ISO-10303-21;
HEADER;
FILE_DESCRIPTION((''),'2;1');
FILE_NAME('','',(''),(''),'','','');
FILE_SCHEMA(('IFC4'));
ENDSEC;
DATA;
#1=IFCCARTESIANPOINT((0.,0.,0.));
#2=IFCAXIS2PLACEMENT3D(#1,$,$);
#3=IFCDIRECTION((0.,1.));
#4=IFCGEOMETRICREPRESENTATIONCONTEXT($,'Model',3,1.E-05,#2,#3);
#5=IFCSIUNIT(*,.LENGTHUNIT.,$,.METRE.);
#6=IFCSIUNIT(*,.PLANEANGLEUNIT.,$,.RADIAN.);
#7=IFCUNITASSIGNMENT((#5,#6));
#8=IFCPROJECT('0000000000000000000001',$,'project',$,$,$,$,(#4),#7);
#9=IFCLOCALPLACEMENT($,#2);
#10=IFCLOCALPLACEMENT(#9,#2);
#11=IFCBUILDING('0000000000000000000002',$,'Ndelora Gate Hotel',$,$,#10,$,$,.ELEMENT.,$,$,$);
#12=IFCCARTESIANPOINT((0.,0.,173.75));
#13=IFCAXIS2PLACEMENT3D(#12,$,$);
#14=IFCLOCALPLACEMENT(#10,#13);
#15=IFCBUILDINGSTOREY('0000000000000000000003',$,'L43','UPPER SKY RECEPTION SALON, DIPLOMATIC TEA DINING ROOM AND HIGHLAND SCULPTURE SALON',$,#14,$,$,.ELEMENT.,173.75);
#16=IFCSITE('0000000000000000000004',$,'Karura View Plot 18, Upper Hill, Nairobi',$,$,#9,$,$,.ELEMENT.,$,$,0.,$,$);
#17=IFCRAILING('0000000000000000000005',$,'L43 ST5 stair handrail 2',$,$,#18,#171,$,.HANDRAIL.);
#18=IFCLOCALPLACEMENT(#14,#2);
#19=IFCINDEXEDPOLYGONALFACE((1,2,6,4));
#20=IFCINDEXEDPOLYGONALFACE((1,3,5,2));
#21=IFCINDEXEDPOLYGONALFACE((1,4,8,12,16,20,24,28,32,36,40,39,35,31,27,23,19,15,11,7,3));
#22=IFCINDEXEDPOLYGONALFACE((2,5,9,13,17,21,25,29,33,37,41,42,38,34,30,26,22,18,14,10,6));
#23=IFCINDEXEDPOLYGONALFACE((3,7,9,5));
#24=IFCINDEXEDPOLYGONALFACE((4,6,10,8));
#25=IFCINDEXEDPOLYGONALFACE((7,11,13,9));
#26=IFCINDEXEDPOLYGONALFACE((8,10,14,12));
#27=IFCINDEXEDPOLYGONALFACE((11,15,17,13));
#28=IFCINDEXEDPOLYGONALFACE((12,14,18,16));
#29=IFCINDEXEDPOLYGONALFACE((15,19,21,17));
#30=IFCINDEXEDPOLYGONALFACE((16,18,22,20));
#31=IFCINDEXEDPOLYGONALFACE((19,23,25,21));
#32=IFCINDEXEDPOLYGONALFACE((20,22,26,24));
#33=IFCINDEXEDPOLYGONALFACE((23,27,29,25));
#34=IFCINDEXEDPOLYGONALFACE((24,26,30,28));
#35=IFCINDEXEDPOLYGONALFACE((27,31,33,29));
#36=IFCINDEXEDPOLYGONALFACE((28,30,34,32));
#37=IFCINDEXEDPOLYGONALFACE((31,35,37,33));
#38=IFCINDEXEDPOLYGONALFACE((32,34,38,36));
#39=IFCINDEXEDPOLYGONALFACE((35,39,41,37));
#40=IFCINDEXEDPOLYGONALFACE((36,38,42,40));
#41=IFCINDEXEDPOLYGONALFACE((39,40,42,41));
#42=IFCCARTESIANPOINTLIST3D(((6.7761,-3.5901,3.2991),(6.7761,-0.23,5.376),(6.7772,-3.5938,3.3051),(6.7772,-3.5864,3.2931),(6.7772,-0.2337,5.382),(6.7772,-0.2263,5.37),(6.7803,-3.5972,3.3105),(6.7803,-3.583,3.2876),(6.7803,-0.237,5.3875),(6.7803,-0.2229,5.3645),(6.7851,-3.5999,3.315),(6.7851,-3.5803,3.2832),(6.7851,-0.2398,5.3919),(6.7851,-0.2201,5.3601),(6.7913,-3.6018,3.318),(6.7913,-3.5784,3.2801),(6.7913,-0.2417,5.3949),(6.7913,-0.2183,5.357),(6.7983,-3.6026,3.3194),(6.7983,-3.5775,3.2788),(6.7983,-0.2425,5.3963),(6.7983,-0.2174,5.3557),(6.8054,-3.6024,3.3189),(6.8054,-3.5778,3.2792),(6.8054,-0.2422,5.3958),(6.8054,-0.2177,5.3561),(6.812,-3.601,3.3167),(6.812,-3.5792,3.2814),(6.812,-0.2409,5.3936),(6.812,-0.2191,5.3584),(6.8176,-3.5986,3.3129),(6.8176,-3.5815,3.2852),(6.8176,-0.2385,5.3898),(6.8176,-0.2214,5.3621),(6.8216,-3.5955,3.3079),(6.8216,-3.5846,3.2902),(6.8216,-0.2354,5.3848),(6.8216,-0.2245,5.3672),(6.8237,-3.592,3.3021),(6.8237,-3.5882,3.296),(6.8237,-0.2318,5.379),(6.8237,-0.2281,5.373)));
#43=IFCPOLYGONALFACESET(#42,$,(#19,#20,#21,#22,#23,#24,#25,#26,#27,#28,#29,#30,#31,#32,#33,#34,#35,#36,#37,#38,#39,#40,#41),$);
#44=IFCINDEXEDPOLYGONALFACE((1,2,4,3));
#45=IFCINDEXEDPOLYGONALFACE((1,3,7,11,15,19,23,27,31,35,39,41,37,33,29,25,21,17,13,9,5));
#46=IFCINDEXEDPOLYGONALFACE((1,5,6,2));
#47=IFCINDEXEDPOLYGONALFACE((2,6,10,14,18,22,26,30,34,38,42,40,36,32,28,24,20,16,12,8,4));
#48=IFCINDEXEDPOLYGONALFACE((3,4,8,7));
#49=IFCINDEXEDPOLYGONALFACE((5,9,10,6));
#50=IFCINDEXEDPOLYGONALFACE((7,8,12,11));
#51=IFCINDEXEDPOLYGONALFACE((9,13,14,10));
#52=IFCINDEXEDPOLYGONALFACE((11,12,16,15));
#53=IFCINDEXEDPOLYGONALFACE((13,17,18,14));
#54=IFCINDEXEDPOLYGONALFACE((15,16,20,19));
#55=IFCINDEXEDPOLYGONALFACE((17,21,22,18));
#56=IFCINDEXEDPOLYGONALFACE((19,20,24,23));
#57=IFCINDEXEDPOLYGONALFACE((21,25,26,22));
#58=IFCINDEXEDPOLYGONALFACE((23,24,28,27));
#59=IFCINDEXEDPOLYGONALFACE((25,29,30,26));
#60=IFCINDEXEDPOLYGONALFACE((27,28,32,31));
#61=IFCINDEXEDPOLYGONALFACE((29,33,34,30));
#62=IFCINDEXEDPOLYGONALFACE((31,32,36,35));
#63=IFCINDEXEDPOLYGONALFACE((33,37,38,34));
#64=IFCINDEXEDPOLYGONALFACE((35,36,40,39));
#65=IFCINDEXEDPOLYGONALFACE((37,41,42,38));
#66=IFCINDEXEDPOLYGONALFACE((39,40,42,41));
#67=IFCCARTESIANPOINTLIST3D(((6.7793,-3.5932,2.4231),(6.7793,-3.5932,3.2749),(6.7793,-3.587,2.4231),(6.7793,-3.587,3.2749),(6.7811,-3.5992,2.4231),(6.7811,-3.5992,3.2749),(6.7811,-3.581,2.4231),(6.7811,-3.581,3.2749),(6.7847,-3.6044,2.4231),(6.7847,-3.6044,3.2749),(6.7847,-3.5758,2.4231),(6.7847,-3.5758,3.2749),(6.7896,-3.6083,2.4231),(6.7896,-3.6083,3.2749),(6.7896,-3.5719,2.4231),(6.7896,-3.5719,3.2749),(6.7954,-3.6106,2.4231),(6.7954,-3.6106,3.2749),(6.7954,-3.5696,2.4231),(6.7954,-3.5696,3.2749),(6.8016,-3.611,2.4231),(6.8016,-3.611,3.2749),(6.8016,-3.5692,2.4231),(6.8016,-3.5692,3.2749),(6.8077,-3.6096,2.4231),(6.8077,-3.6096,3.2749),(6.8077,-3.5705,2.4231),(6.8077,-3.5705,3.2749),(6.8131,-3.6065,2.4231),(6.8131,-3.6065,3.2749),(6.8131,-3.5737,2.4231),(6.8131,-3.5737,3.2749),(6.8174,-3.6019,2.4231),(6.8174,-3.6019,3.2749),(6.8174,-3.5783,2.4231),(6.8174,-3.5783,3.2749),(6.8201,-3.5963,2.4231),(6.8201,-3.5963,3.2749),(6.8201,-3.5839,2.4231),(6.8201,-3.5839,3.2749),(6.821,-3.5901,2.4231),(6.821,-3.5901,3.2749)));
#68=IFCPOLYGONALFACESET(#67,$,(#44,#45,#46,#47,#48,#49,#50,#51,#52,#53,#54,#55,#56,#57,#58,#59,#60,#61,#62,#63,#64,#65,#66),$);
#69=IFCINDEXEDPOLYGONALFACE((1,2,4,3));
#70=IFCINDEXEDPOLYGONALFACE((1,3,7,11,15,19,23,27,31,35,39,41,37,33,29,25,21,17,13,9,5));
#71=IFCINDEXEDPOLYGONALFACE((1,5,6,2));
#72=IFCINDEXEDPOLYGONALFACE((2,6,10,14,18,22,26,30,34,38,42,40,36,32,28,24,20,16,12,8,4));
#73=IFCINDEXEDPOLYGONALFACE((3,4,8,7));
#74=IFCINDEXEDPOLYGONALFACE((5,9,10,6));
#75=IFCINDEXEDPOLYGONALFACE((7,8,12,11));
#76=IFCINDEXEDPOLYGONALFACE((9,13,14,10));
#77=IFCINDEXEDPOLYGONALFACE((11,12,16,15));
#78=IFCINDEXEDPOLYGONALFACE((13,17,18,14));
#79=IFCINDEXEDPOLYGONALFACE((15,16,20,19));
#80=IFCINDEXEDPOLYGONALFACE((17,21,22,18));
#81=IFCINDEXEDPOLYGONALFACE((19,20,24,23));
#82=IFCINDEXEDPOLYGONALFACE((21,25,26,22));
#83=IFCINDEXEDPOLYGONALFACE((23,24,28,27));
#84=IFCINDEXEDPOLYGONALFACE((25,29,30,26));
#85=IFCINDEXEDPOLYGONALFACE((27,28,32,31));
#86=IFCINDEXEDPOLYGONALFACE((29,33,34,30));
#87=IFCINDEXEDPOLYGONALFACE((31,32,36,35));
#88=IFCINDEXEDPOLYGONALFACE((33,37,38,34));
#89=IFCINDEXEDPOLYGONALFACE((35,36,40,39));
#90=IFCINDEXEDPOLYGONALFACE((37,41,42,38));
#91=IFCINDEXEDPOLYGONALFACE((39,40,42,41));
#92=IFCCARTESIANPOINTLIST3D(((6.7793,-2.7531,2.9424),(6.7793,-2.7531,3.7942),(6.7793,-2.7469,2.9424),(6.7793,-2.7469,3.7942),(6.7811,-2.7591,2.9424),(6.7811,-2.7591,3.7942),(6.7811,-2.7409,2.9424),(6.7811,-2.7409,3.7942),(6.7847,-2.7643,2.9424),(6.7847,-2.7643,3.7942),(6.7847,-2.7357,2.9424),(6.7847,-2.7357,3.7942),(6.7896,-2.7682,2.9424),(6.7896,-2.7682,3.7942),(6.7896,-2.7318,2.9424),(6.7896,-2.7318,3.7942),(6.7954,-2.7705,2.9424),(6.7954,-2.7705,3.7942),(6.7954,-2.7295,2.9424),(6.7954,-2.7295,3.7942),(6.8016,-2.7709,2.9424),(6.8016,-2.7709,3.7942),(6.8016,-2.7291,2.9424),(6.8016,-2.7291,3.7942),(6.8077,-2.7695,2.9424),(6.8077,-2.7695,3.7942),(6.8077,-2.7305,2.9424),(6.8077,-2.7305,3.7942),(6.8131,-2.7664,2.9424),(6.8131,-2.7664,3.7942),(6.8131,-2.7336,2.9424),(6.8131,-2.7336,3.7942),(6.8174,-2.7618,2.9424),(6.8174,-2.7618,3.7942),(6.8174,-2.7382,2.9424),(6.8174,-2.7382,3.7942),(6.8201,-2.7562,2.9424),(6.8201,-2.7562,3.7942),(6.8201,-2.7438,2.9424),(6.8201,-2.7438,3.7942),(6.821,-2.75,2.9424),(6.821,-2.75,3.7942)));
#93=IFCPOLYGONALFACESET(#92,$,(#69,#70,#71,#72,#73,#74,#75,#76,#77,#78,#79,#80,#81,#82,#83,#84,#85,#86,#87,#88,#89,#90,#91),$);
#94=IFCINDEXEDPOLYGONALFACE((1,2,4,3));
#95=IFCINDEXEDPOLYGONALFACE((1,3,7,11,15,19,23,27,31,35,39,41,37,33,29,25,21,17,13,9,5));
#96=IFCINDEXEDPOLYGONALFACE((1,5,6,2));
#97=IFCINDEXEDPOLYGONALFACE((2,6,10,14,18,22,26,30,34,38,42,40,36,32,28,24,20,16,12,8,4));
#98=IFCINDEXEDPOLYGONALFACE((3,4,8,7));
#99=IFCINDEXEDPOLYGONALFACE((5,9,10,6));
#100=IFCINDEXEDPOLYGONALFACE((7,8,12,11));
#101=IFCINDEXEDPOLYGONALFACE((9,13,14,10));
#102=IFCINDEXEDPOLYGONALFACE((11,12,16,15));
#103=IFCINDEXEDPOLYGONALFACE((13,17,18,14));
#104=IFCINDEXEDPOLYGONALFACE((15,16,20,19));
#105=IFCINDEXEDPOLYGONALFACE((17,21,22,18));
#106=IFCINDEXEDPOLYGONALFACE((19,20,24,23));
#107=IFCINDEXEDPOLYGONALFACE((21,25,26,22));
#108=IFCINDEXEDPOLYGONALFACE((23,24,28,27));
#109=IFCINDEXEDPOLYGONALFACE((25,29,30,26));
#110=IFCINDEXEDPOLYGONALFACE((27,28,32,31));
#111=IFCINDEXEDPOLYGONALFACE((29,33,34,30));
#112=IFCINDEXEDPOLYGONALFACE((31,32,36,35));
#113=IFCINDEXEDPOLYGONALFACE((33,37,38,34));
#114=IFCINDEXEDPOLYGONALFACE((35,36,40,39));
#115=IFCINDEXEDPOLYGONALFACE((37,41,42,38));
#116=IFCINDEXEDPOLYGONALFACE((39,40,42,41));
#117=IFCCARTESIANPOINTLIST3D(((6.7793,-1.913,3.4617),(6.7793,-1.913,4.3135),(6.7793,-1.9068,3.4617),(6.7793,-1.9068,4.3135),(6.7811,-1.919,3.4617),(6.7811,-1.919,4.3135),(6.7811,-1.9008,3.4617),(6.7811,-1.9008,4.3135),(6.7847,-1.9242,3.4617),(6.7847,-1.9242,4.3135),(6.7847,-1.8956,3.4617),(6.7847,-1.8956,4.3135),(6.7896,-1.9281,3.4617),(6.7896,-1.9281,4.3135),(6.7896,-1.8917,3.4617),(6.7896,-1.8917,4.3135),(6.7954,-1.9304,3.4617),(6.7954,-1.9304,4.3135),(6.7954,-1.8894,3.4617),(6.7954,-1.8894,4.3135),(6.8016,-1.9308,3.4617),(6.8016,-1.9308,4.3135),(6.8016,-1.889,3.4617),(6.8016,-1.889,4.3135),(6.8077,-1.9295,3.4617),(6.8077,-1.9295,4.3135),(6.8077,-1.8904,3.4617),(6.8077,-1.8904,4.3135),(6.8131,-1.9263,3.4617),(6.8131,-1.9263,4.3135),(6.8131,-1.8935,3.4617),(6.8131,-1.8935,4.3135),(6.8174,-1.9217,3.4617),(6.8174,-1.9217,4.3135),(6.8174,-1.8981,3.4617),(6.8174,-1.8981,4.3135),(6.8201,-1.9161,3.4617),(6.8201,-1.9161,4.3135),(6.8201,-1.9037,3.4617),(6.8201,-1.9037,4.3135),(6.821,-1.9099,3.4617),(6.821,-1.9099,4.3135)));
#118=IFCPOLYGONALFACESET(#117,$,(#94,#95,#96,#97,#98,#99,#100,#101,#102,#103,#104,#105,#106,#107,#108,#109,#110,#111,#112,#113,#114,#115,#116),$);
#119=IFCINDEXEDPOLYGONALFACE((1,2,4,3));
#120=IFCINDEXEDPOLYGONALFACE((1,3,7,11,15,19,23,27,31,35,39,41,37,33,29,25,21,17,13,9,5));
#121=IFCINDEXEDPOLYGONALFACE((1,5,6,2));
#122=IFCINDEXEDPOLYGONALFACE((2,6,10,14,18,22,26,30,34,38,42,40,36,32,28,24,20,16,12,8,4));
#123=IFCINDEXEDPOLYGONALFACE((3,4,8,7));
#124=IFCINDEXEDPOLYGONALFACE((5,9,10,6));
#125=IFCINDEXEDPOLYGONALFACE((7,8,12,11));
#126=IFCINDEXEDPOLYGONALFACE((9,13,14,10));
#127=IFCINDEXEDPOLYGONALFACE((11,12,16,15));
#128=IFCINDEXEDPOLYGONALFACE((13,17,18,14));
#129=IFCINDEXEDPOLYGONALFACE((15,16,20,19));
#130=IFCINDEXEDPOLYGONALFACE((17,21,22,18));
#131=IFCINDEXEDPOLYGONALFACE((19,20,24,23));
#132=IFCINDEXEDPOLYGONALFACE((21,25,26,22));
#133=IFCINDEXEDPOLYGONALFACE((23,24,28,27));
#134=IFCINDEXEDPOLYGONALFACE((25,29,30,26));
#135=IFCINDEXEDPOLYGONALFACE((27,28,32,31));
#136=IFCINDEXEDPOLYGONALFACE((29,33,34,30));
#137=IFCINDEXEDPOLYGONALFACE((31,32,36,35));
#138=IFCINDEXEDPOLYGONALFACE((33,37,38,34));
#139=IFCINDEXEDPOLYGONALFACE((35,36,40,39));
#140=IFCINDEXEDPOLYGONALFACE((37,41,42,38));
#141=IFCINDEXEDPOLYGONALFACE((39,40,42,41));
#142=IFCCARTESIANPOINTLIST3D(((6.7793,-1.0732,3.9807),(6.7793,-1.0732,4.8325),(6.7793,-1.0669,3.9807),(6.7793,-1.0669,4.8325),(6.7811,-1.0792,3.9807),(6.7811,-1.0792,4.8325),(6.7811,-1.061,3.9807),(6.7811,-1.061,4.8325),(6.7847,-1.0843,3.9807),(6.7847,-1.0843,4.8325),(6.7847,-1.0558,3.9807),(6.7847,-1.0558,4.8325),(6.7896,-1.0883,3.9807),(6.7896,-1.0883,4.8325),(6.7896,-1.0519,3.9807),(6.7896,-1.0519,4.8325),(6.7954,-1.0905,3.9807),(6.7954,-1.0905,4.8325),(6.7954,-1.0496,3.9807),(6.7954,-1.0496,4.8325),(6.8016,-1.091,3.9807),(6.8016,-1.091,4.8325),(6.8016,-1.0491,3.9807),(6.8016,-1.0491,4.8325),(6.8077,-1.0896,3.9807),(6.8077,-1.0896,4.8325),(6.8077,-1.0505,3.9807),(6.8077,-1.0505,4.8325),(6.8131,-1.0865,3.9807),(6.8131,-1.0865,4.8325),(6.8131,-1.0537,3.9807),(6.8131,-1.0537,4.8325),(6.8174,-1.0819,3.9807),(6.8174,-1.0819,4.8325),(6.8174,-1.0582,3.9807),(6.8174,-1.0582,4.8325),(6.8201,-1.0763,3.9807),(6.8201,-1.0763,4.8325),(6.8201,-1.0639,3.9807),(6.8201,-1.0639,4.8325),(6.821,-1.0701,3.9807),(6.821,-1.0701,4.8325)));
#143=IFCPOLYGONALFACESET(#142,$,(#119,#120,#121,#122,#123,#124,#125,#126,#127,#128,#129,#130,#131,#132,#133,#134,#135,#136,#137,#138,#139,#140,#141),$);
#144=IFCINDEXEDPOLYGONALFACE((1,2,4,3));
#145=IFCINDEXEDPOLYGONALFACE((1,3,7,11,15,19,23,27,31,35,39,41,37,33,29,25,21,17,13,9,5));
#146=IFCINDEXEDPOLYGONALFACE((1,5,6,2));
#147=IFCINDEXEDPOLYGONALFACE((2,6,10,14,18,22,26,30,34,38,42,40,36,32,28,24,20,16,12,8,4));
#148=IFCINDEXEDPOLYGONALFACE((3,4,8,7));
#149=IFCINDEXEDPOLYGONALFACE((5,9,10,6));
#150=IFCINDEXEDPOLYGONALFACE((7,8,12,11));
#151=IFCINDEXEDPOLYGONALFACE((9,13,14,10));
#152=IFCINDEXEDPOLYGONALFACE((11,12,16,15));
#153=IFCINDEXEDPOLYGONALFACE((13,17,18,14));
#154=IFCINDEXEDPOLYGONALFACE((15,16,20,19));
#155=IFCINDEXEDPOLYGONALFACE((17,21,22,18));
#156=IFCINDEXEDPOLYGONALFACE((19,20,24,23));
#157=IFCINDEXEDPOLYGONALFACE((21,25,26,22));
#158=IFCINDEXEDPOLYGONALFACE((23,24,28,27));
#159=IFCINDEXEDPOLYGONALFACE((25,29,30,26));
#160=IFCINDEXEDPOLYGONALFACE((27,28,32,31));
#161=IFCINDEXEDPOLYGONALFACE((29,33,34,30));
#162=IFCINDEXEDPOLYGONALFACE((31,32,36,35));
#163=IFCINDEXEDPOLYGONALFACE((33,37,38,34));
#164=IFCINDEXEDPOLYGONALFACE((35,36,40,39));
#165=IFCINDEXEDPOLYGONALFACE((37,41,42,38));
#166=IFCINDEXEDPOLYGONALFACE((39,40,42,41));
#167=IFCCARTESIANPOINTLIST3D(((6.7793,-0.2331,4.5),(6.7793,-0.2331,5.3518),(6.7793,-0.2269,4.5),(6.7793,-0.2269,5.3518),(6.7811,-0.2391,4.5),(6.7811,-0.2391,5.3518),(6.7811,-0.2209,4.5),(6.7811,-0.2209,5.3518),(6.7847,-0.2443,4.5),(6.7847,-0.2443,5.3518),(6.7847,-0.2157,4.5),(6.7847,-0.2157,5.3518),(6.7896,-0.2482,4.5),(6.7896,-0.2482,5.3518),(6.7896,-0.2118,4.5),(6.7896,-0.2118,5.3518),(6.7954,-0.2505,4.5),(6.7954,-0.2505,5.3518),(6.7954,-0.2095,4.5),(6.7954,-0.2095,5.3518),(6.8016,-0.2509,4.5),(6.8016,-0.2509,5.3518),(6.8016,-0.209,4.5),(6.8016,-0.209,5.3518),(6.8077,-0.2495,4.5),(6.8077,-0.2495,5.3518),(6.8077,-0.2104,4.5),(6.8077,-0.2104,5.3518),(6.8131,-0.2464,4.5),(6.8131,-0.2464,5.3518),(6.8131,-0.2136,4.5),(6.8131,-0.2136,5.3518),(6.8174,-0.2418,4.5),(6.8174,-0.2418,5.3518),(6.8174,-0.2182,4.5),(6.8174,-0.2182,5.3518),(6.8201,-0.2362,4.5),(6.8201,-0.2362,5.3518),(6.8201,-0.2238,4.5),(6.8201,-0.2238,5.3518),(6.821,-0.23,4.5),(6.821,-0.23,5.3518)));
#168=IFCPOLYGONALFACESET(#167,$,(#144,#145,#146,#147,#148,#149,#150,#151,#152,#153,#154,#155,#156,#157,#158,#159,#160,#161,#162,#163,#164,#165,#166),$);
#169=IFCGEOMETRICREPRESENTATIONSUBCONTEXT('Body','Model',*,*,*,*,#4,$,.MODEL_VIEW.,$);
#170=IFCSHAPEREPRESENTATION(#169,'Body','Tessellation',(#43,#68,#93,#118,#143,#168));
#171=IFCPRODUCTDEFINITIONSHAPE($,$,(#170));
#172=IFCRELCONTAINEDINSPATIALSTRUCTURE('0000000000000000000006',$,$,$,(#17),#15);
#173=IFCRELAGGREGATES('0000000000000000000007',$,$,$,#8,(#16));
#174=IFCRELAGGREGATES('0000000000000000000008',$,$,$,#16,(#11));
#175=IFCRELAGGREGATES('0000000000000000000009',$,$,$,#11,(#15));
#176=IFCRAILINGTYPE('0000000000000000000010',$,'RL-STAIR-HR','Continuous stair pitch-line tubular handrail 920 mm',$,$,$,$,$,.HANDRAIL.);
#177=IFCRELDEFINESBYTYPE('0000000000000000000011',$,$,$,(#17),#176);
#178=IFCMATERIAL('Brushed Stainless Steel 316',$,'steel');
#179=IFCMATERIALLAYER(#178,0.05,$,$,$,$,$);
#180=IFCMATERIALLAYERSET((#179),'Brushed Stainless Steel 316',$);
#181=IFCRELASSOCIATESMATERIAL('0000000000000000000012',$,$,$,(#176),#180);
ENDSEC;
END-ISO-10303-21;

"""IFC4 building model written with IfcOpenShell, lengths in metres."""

from ifc_helpers import new_model, si_unit, direction, frame, origin, origin_2d, place, context, subcontext, project, spatial, circle, extrude, material, layer, layer_set, type_object, element, save


model = new_model("IFC4")

# Units and contexts
model_context = context("Model", 3, precision=1e-05, world=origin(), true_north=direction((0.0, 1.0)))
body_context = subcontext(model_context, "Body", "Model", "MODEL_VIEW")
ifc_project = project(units=[si_unit("LENGTHUNIT", "METRE"), si_unit("PLANEANGLEUNIT", "RADIAN")], contexts=[model_context])

# Site, building, storey
site_placement = place(None, origin())
site = spatial("IfcSite", under=ifc_project, at=site_placement, Name="Karura View Plot 18, Upper Hill, Nairobi", CompositionType="ELEMENT", RefElevation=0.0)
building_placement = place(site_placement, origin())
building = spatial("IfcBuilding", under=site, at=building_placement, Name="Ndelora Gate Hotel", CompositionType="ELEMENT")
storey_placement = place(building_placement, frame((0.0, 0.0, 173.75)))
storey = spatial("IfcBuildingStorey", under=building, at=storey_placement, Name="L43", Description="UPPER SKY RECEPTION SALON, DIPLOMATIC TEA DINING ROOM AND HIGHLAND SCULPTURE SALON", CompositionType="ELEMENT", Elevation=173.75)

# Railing
ifc_material_1 = material(Name="Brushed Stainless Steel 316", Category="steel")
ifc_layer_1 = layer(ifc_material_1, 0.05)
ifc_layer_set_1 = layer_set([ifc_layer_1], Name="Brushed Stainless Steel 316")
railing_type_1 = type_object("IfcRailingType", Name="RL-STAIR-HR", Description="Continuous stair pitch-line tubular handrail 920 mm", PredefinedType="HANDRAIL", material=ifc_layer_set_1)
railing_1_placement = place(storey_placement, frame((6.8, -3.5901, 2.4231)))
element("IfcRailing", 1, at=railing_1_placement, inside=storey, type_object=railing_type_1, Name="L43 ST5 stair handrail 2", PredefinedType="HANDRAIL", context=body_context, shape_type="SweptSolid", body=[
    extrude(circle(Radius=0.0239, at=origin_2d()), frame((0.0, 0.0, 0.876), z_axis=(0.0, 0.850623, 0.525776), x_axis=(-1.0, 0.0, 0.0)), (0.0, 0.0, 1.0), 3.9502),
    extrude(circle(Radius=0.021, at=origin_2d()), origin(), (0.0, 0.0, 1.0), 0.8518),
    extrude(circle(Radius=0.021, at=origin_2d()), frame((0.0, 0.8401, 0.5193)), (0.0, 0.0, 1.0), 0.8518),
    extrude(circle(Radius=0.021, at=origin_2d()), frame((0.0, 1.6802, 1.0386)), (0.0, 0.0, 1.0), 0.8518),
    extrude(circle(Radius=0.021, at=origin_2d()), frame((0.0, 2.52, 1.5576)), (0.0, 0.0, 1.0), 0.8518),
    extrude(circle(Radius=0.021, at=origin_2d()), frame((0.0, 3.3601, 2.0769)), (0.0, 0.0, 1.0), 0.8518),
])

save(model, "model.ifc")
